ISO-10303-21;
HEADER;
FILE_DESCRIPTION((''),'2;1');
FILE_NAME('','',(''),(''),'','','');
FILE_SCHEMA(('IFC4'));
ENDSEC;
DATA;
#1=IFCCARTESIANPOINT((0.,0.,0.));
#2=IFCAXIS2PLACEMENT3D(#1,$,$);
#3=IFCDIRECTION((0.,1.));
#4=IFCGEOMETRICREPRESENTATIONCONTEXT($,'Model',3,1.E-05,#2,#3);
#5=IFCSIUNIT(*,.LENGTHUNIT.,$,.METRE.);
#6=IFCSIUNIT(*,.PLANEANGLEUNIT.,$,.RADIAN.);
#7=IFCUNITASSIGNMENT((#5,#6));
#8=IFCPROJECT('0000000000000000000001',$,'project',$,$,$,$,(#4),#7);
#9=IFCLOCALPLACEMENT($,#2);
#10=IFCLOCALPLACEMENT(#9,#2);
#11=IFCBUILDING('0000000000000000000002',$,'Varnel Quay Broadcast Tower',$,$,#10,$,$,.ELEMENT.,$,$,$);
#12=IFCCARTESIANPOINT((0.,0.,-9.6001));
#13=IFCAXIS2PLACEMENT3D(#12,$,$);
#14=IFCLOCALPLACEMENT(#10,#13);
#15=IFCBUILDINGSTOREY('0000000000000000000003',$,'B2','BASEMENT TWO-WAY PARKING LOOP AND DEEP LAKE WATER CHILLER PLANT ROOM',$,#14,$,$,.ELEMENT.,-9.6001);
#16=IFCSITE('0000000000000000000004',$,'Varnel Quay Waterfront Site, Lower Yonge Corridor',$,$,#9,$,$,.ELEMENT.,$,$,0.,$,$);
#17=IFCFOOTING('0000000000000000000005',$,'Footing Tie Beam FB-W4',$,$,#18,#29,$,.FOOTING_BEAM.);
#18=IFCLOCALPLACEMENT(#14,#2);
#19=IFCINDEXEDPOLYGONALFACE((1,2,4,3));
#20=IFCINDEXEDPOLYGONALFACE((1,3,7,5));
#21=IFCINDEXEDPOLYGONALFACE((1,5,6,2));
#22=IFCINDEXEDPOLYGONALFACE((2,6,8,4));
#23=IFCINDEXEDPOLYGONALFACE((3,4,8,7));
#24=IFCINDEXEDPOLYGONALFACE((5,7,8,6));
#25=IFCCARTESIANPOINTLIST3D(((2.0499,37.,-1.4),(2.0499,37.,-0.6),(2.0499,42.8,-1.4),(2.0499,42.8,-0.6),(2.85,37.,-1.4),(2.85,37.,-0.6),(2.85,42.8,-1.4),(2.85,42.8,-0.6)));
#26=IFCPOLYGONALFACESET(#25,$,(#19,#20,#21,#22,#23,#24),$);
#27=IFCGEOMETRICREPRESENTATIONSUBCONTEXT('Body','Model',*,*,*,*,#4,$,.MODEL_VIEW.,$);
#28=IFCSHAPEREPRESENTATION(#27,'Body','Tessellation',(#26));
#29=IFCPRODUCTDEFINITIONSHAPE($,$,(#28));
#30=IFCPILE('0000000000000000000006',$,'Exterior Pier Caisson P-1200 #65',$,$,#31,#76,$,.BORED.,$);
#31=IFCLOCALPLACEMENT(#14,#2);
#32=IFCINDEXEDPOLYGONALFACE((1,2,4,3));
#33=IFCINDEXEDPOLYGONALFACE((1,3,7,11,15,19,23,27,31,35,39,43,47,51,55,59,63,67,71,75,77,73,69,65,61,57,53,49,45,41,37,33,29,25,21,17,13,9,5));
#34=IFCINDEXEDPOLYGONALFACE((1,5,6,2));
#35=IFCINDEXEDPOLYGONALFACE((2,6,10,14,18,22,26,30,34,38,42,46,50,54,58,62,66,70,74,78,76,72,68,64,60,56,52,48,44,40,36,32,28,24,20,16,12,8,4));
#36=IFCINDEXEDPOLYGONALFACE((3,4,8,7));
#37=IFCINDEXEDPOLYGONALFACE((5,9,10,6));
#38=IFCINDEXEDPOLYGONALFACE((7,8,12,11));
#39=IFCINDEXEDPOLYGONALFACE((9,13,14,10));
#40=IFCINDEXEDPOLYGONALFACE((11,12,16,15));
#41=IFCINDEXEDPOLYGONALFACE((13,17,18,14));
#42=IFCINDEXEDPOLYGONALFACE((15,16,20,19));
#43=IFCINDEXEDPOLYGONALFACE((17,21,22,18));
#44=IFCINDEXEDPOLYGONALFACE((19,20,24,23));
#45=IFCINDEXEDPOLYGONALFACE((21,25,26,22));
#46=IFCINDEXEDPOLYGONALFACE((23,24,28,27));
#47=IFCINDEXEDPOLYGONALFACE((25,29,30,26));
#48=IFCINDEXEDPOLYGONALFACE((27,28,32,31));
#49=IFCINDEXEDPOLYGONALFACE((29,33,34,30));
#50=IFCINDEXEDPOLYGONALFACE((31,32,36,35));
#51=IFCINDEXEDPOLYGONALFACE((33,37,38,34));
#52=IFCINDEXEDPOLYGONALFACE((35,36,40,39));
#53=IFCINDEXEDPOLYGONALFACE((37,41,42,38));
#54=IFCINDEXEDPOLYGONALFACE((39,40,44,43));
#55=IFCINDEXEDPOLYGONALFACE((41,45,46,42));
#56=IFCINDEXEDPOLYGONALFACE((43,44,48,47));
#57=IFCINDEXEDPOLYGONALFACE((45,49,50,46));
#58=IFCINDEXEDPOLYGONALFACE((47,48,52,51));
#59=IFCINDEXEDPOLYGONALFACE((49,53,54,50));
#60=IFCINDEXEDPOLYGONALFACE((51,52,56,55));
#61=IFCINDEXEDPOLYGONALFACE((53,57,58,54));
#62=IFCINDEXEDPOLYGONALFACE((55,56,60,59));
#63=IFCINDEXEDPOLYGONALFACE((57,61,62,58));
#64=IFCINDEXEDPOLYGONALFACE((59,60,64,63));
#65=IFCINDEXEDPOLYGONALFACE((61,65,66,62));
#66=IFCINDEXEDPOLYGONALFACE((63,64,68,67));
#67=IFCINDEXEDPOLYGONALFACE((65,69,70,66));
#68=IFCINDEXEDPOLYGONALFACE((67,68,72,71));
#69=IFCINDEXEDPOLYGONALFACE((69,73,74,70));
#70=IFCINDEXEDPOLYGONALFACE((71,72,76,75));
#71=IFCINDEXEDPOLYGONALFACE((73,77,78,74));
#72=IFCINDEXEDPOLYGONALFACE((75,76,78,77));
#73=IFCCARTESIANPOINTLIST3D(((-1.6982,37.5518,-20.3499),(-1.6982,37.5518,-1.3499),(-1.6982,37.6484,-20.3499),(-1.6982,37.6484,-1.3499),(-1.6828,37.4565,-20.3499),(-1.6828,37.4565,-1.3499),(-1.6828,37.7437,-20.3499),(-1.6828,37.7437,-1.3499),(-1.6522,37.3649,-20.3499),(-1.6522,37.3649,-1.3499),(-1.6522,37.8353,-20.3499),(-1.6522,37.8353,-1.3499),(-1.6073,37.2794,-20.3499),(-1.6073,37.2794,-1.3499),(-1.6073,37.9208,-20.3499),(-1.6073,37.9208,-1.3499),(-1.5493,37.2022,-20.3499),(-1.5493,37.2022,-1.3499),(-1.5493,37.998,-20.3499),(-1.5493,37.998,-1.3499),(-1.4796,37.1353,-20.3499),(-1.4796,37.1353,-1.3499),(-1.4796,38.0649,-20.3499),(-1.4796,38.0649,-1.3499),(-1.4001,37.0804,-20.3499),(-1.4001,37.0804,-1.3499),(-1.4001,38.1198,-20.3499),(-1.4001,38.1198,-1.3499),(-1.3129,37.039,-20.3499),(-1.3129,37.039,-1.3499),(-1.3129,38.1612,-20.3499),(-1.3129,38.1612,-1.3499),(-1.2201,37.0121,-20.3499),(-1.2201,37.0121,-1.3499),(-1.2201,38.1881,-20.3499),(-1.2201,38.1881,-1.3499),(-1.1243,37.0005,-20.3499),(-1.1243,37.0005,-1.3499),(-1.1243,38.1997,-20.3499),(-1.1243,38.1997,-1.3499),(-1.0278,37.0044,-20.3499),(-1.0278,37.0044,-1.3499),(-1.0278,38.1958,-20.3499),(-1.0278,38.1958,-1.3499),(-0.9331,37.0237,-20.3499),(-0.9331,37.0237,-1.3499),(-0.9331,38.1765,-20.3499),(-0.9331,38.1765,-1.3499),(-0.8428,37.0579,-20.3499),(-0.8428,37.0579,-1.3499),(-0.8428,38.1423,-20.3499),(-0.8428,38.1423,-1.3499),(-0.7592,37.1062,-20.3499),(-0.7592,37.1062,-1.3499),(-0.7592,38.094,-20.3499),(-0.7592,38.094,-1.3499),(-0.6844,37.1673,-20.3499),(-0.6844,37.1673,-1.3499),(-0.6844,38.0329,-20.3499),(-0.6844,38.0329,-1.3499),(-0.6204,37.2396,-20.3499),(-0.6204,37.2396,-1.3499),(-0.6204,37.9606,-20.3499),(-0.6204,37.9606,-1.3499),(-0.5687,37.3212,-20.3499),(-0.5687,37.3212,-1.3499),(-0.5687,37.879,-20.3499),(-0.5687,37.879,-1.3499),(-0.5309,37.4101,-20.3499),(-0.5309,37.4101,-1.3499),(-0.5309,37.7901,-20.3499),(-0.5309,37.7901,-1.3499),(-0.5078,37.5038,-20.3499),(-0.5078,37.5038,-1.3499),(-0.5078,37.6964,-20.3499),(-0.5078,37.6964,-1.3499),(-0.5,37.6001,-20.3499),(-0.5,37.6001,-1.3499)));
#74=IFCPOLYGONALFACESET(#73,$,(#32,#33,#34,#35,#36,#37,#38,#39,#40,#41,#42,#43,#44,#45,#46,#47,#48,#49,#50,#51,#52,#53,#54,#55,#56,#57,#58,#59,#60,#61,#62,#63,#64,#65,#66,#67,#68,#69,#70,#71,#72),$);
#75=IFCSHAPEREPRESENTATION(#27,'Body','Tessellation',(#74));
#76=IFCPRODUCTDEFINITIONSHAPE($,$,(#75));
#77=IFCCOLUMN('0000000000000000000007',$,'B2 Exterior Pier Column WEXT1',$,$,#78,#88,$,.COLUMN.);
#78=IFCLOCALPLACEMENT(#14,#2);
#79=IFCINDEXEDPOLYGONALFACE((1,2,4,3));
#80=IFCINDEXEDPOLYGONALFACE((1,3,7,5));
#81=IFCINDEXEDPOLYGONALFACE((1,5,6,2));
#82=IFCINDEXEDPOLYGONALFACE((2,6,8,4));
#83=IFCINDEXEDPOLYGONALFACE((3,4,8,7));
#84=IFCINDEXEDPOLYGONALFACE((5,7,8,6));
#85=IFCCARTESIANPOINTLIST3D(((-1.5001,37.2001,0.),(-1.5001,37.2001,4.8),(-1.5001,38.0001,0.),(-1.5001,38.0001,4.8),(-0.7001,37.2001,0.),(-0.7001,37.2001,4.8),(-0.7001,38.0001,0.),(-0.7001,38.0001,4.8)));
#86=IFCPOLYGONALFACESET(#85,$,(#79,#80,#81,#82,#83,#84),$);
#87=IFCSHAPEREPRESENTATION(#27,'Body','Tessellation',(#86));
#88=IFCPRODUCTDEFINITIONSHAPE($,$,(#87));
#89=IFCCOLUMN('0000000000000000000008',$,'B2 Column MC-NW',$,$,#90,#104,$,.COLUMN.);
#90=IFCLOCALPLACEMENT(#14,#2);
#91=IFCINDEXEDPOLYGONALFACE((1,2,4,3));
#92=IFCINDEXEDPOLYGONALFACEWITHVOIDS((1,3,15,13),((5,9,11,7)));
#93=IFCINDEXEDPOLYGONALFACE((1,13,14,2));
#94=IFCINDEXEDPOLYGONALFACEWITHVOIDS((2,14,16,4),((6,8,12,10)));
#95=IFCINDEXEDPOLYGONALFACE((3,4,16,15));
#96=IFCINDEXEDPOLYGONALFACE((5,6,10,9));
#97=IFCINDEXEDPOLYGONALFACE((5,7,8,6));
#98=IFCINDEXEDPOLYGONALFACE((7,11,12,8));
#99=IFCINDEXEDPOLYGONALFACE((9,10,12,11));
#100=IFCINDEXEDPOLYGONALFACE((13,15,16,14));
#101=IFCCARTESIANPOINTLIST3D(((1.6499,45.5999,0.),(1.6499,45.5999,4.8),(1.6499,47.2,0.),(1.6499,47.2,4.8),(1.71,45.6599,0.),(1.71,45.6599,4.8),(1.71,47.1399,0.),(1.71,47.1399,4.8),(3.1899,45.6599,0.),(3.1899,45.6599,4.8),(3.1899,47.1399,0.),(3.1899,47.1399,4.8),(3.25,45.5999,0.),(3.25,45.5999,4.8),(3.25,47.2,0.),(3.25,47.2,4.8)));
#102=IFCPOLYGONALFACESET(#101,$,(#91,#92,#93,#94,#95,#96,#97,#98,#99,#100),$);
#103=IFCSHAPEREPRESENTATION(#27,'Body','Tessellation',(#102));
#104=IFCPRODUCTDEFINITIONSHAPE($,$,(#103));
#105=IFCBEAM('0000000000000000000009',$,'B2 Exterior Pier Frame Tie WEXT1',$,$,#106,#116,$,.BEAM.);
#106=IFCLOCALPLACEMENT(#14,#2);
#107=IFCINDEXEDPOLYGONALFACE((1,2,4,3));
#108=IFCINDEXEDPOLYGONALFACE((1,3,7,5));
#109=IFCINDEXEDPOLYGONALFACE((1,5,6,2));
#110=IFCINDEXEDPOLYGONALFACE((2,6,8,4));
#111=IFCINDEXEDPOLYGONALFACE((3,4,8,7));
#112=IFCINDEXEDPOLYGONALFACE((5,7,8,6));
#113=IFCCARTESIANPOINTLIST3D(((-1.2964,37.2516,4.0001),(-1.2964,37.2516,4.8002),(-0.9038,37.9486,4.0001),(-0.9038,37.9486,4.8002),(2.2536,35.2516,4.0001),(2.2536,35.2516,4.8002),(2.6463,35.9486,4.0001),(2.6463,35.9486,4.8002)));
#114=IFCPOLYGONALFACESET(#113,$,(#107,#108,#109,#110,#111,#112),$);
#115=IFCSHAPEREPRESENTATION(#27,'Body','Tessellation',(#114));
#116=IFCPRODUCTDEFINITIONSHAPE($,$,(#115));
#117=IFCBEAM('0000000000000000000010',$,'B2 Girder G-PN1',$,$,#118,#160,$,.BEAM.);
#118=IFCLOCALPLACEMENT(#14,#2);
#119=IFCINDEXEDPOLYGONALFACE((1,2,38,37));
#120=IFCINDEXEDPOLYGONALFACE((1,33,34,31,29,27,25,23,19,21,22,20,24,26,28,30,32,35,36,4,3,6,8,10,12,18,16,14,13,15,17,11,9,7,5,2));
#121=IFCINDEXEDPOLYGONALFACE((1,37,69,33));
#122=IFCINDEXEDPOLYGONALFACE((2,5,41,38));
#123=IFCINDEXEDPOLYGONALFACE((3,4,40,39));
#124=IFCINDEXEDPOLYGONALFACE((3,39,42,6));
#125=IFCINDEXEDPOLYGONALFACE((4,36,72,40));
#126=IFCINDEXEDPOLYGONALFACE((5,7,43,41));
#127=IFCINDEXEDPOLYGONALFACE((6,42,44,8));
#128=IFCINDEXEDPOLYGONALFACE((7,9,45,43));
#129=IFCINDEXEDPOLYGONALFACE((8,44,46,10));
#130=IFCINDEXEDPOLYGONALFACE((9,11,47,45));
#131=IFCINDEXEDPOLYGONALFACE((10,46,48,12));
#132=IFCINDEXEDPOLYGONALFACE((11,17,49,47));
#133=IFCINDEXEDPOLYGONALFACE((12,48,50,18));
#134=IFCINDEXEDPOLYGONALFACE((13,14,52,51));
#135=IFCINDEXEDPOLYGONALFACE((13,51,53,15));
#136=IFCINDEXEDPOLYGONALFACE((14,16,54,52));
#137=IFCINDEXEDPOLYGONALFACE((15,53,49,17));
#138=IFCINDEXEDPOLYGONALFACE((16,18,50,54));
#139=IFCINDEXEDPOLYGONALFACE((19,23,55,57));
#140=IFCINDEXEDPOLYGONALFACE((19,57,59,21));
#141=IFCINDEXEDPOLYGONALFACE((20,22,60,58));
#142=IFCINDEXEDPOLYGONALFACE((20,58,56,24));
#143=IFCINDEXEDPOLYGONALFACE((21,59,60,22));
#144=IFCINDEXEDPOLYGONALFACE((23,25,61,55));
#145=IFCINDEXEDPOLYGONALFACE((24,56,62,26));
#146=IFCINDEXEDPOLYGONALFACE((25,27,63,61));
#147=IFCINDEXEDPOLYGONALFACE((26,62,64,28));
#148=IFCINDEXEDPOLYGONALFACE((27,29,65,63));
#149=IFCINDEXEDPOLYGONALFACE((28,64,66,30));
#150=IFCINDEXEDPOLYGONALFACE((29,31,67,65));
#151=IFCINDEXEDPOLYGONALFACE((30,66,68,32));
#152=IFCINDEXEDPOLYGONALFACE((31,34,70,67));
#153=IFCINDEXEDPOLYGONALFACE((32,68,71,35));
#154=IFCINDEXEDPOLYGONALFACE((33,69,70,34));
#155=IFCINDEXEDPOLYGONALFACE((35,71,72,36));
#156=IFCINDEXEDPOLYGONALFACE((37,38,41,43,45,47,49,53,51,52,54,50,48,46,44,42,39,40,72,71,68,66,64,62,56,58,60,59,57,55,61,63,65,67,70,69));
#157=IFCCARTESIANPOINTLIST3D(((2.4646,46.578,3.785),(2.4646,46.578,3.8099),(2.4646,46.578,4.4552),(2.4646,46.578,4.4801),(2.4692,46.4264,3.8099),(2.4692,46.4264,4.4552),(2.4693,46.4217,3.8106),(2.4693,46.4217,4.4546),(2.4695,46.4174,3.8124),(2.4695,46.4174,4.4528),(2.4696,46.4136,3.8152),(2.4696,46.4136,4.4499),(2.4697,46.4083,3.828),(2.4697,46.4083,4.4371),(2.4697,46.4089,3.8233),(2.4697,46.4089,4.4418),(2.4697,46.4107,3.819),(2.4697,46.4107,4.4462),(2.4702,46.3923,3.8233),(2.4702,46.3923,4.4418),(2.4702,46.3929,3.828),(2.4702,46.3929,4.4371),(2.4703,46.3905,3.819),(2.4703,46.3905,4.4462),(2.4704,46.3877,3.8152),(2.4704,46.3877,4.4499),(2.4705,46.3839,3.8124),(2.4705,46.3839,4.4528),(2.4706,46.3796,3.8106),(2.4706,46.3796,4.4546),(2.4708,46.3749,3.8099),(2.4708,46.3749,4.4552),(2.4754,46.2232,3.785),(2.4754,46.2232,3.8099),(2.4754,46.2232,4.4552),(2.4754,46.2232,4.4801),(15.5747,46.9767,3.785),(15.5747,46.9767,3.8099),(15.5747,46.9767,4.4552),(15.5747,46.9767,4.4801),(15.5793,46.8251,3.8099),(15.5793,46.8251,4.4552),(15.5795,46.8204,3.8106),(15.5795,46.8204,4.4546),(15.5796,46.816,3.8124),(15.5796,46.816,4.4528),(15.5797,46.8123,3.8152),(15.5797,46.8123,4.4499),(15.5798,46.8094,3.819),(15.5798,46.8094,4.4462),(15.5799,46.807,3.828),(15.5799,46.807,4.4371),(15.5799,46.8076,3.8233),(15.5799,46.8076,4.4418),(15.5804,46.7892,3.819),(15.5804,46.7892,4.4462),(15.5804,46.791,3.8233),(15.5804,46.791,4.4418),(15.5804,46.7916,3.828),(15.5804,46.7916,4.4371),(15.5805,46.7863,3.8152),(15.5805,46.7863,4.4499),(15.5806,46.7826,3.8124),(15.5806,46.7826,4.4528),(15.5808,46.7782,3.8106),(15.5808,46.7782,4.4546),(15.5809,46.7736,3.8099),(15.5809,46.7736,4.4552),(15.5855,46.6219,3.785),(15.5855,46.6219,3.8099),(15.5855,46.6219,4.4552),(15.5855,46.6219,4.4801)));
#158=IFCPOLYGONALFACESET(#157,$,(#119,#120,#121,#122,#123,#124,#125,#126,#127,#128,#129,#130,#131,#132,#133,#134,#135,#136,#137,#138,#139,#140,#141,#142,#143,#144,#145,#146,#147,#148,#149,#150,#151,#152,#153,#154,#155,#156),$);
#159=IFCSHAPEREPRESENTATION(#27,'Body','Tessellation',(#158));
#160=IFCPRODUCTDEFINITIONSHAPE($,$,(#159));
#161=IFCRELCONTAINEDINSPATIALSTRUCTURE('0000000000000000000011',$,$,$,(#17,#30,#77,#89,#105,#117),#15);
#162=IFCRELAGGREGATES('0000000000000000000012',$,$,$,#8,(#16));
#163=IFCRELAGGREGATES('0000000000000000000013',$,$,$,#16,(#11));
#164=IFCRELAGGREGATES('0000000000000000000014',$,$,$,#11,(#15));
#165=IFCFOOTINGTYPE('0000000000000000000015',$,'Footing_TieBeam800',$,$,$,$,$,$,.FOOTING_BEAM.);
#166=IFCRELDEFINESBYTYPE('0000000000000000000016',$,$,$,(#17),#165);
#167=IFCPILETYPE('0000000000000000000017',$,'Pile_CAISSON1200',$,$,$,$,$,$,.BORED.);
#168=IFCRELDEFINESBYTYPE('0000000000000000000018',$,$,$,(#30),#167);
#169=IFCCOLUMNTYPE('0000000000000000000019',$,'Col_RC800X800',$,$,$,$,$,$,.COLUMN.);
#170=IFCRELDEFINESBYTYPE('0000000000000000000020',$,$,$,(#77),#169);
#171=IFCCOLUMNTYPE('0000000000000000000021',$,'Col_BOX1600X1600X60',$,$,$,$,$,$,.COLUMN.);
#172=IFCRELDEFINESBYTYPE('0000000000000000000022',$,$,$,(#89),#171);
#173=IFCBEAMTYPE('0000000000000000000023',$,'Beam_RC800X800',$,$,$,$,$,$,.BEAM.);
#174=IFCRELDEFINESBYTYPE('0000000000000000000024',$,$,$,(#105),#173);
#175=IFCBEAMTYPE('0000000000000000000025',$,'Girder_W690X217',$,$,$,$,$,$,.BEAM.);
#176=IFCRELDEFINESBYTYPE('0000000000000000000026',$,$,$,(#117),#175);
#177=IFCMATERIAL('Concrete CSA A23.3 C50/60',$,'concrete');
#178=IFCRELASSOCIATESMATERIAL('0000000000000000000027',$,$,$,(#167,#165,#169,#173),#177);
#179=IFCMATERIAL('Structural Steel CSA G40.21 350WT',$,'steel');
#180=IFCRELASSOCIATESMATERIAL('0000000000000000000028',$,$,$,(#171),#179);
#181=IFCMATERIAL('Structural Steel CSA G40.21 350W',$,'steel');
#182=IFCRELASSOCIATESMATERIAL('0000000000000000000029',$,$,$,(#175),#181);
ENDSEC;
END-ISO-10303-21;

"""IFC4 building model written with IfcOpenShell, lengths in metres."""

from ifc_helpers import new_model, si_unit, direction, frame, origin, origin_2d, place, context, subcontext, project, spatial, rectangle, hollow_rectangle, circle, i_section, extrude, source, transform, mapped, material, material_profile, profile_set, type_object, type_shapes, element, save


model = new_model("IFC4")

# Units and contexts
model_context = context("Model", 3, precision=1e-05, world=origin(), true_north=direction((0.0, 1.0)))
body_context = subcontext(model_context, "Body", "Model", "MODEL_VIEW")
ifc_project = project(units=[si_unit("LENGTHUNIT", "METRE"), si_unit("PLANEANGLEUNIT", "RADIAN")], contexts=[model_context])

# Site, building, storey
site_placement = place(None, origin())
site = spatial("IfcSite", under=ifc_project, at=site_placement, Name="Varnel Quay Waterfront Site, Lower Yonge Corridor", CompositionType="ELEMENT", RefElevation=0.0)
building_placement = place(site_placement, origin())
building = spatial("IfcBuilding", under=site, at=building_placement, Name="Varnel Quay Broadcast Tower", CompositionType="ELEMENT")
storey_placement = place(building_placement, frame((0.0, 0.0, -9.6001)))
storey = spatial("IfcBuildingStorey", under=building, at=storey_placement, Name="B2", Description="BASEMENT TWO-WAY PARKING LOOP AND DEEP LAKE WATER CHILLER PLANT ROOM", CompositionType="ELEMENT", Elevation=-9.6001)

# Shared definitions
ifc_material_1 = material(Name="Concrete CSA A23.3 C50/60", Category="concrete")
ifc_material_profile_1 = material_profile(ifc_material_1, circle(Radius=0.6001, at=origin_2d()), Name="CAISSON1200")
ifc_profile_set_1 = profile_set([ifc_material_profile_1], Name="Concrete CSA A23.3 C50/60")
pile_type = type_object("IfcPileType", Name="Pile_CAISSON1200", PredefinedType="BORED", material=ifc_profile_set_1)

# Footing
ifc_material_profile_2 = material_profile(ifc_material_1, rectangle(XDim=0.8, YDim=0.8, at=origin_2d()), Name="RC800X800")
ifc_profile_set_2 = profile_set([ifc_material_profile_2], Name="Concrete CSA A23.3 C50/60")
footing_type = type_object("IfcFootingType", Name="Footing_TieBeam800", PredefinedType="FOOTING_BEAM", material=ifc_profile_set_2)
shared_shape_1 = source(origin(), body_context, "Body", "SweptSolid", [
    extrude(rectangle(XDim=0.8, YDim=0.8, at=origin_2d()), origin(), (0.0, 0.0, 1.0), 5.8),
])
type_shapes(footing_type, [shared_shape_1])
footing_placement = place(storey_placement, frame((2.45, 37.0, -1.0), z_axis=(0.0, 1.0, 0.0), x_axis=(-1.0, 0.0, 0.0)))
element("IfcFooting", 1, at=footing_placement, inside=storey, type_object=footing_type, Name="Footing Tie Beam FB-W4", PredefinedType="FOOTING_BEAM", context=body_context, shape_type="MappedRepresentation", body=[
    mapped(shared_shape_1, transform((0.0, 0.0, 0.0), x_axis=(1.0, 0.0, 0.0), y_axis=(0.0, 1.0, 0.0), z_axis=(0.0, 0.0, 1.0), scale=1.0)),
])

# Pile
shared_shape_2 = source(origin(), body_context, "Body", "SweptSolid", [
    extrude(circle(Radius=0.6001, at=origin_2d()), origin(), (0.0, 0.0, 1.0), 19.0),
])
pile_placement = place(storey_placement, frame((-1.1001, 37.6001, -1.3499), z_axis=(0.0, 0.0, -1.0), x_axis=(1.0, 0.0, 0.0)))
element("IfcPile", 2, at=pile_placement, inside=storey, type_object=pile_type, Name="Exterior Pier Caisson P-1200 #65", PredefinedType="BORED", context=body_context, shape_type="MappedRepresentation", body=[
    mapped(shared_shape_2, transform((0.0, 0.0, 0.0), x_axis=(1.0, 0.0, 0.0), y_axis=(0.0, 1.0, 0.0), z_axis=(0.0, 0.0, 1.0), scale=1.0)),
])

# Columns
ifc_material_profile_3 = material_profile(ifc_material_1, rectangle(XDim=0.8, YDim=0.8, at=origin_2d()), Name="RC800X800")
ifc_profile_set_3 = profile_set([ifc_material_profile_3], Name="Concrete CSA A23.3 C50/60")
column_type_1 = type_object("IfcColumnType", Name="Col_RC800X800", PredefinedType="COLUMN", material=ifc_profile_set_3)
shared_shape_3 = source(origin(), body_context, "Body", "SweptSolid", [
    extrude(rectangle(XDim=0.8, YDim=0.8, at=origin_2d()), origin(), (0.0, 0.0, 1.0), 4.8),
])
type_shapes(column_type_1, [shared_shape_3])
column_1_placement = place(storey_placement, frame((-1.1001, 37.6001, 0.0), z_axis=(0.0, 0.0, 1.0), x_axis=(1.0, 0.0, 0.0)))
element("IfcColumn", 3, at=column_1_placement, inside=storey, type_object=column_type_1, Name="B2 Exterior Pier Column WEXT1", PredefinedType="COLUMN", context=body_context, shape_type="MappedRepresentation", body=[
    mapped(shared_shape_3, transform((0.0, 0.0, 0.0), x_axis=(1.0, 0.0, 0.0), y_axis=(0.0, 1.0, 0.0), z_axis=(0.0, 0.0, 1.0), scale=1.0)),
])
ifc_material_2 = material(Name="Structural Steel CSA G40.21 350WT", Category="steel")
ifc_material_profile_4 = material_profile(ifc_material_2, hollow_rectangle(XDim=1.6001, YDim=1.6001, WallThickness=0.0601, at=origin_2d()), Name="BOX1600X1600X60")
ifc_profile_set_4 = profile_set([ifc_material_profile_4], Name="Structural Steel CSA G40.21 350WT")
column_type_2 = type_object("IfcColumnType", Name="Col_BOX1600X1600X60", PredefinedType="COLUMN", material=ifc_profile_set_4)
shared_shape_4 = source(origin(), body_context, "Body", "SweptSolid", [
    extrude(hollow_rectangle(XDim=1.6001, YDim=1.6001, WallThickness=0.0601, at=origin_2d()), origin(), (0.0, 0.0, 1.0), 4.8),
])
type_shapes(column_type_2, [shared_shape_4])
column_2_placement = place(storey_placement, frame((2.45, 46.3999, 0.0), z_axis=(0.0, 0.0, 1.0), x_axis=(1.0, 0.0, 0.0)))
element("IfcColumn", 4, at=column_2_placement, inside=storey, type_object=column_type_2, Name="B2 Column MC-NW", PredefinedType="COLUMN", context=body_context, shape_type="MappedRepresentation", body=[
    mapped(shared_shape_4, transform((0.0, 0.0, 0.0), x_axis=(1.0, 0.0, 0.0), y_axis=(0.0, 1.0, 0.0), z_axis=(0.0, 0.0, 1.0), scale=1.0)),
])

# Beams
ifc_material_profile_5 = material_profile(ifc_material_1, rectangle(XDim=0.8, YDim=0.8, at=origin_2d()), Name="RC800X800")
ifc_profile_set_5 = profile_set([ifc_material_profile_5], Name="Concrete CSA A23.3 C50/60")
beam_type_1 = type_object("IfcBeamType", Name="Beam_RC800X800", PredefinedType="BEAM", material=ifc_profile_set_5)
shared_shape_5 = source(origin(), body_context, "Body", "SweptSolid", [
    extrude(rectangle(XDim=0.8, YDim=0.8, at=origin_2d()), origin(), (0.0, 0.0, 1.0), 4.0747),
])
type_shapes(beam_type_1, [shared_shape_5])
beam_1_placement = place(storey_placement, frame((-1.1001, 37.6001, 4.4001), z_axis=(0.871251, -0.490839, 0.0), x_axis=(0.490839, 0.871251, 0.0)))
element("IfcBeam", 5, at=beam_1_placement, inside=storey, type_object=beam_type_1, Name="B2 Exterior Pier Frame Tie WEXT1", PredefinedType="BEAM", context=body_context, shape_type="MappedRepresentation", body=[
    mapped(shared_shape_5, transform((0.0, 0.0, 0.0), x_axis=(1.0, 0.0, 0.0), y_axis=(0.0, 1.0, 0.0), z_axis=(0.0, 0.0, 1.0), scale=1.0)),
])
ifc_material_3 = material(Name="Structural Steel CSA G40.21 350W", Category="steel")
ifc_material_profile_6 = material_profile(ifc_material_3, i_section(OverallWidth=0.355, OverallDepth=0.6951, WebThickness=0.0154, FlangeThickness=0.0249, FilletRadius=0.0181, at=origin_2d()), Name="W690X217")
ifc_profile_set_6 = profile_set([ifc_material_profile_6], Name="Structural Steel CSA G40.21 350W")
beam_type_2 = type_object("IfcBeamType", Name="Girder_W690X217", PredefinedType="BEAM", material=ifc_profile_set_6)
shared_shape_6 = source(origin(), body_context, "Body", "SweptSolid", [
    extrude(i_section(OverallWidth=0.355, OverallDepth=0.6951, WebThickness=0.0154, FlangeThickness=0.0249, FilletRadius=0.0181, at=origin_2d()), origin(), (0.0, 0.0, 1.0), 13.1162),
])
type_shapes(beam_type_2, [shared_shape_6])
beam_2_placement = place(storey_placement, frame((2.47, 46.4006, 4.1326), z_axis=(0.999538, 0.030396, 0.0), x_axis=(-0.030396, 0.999538, 0.0)))
element("IfcBeam", 6, at=beam_2_placement, inside=storey, type_object=beam_type_2, Name="B2 Girder G-PN1", PredefinedType="BEAM", context=body_context, shape_type="MappedRepresentation", body=[
    mapped(shared_shape_6, transform((0.0, 0.0, 0.0), x_axis=(1.0, 0.0, 0.0), y_axis=(0.0, 1.0, 0.0), z_axis=(0.0, 0.0, 1.0), scale=1.0)),
])

save(model, "model.ifc")
